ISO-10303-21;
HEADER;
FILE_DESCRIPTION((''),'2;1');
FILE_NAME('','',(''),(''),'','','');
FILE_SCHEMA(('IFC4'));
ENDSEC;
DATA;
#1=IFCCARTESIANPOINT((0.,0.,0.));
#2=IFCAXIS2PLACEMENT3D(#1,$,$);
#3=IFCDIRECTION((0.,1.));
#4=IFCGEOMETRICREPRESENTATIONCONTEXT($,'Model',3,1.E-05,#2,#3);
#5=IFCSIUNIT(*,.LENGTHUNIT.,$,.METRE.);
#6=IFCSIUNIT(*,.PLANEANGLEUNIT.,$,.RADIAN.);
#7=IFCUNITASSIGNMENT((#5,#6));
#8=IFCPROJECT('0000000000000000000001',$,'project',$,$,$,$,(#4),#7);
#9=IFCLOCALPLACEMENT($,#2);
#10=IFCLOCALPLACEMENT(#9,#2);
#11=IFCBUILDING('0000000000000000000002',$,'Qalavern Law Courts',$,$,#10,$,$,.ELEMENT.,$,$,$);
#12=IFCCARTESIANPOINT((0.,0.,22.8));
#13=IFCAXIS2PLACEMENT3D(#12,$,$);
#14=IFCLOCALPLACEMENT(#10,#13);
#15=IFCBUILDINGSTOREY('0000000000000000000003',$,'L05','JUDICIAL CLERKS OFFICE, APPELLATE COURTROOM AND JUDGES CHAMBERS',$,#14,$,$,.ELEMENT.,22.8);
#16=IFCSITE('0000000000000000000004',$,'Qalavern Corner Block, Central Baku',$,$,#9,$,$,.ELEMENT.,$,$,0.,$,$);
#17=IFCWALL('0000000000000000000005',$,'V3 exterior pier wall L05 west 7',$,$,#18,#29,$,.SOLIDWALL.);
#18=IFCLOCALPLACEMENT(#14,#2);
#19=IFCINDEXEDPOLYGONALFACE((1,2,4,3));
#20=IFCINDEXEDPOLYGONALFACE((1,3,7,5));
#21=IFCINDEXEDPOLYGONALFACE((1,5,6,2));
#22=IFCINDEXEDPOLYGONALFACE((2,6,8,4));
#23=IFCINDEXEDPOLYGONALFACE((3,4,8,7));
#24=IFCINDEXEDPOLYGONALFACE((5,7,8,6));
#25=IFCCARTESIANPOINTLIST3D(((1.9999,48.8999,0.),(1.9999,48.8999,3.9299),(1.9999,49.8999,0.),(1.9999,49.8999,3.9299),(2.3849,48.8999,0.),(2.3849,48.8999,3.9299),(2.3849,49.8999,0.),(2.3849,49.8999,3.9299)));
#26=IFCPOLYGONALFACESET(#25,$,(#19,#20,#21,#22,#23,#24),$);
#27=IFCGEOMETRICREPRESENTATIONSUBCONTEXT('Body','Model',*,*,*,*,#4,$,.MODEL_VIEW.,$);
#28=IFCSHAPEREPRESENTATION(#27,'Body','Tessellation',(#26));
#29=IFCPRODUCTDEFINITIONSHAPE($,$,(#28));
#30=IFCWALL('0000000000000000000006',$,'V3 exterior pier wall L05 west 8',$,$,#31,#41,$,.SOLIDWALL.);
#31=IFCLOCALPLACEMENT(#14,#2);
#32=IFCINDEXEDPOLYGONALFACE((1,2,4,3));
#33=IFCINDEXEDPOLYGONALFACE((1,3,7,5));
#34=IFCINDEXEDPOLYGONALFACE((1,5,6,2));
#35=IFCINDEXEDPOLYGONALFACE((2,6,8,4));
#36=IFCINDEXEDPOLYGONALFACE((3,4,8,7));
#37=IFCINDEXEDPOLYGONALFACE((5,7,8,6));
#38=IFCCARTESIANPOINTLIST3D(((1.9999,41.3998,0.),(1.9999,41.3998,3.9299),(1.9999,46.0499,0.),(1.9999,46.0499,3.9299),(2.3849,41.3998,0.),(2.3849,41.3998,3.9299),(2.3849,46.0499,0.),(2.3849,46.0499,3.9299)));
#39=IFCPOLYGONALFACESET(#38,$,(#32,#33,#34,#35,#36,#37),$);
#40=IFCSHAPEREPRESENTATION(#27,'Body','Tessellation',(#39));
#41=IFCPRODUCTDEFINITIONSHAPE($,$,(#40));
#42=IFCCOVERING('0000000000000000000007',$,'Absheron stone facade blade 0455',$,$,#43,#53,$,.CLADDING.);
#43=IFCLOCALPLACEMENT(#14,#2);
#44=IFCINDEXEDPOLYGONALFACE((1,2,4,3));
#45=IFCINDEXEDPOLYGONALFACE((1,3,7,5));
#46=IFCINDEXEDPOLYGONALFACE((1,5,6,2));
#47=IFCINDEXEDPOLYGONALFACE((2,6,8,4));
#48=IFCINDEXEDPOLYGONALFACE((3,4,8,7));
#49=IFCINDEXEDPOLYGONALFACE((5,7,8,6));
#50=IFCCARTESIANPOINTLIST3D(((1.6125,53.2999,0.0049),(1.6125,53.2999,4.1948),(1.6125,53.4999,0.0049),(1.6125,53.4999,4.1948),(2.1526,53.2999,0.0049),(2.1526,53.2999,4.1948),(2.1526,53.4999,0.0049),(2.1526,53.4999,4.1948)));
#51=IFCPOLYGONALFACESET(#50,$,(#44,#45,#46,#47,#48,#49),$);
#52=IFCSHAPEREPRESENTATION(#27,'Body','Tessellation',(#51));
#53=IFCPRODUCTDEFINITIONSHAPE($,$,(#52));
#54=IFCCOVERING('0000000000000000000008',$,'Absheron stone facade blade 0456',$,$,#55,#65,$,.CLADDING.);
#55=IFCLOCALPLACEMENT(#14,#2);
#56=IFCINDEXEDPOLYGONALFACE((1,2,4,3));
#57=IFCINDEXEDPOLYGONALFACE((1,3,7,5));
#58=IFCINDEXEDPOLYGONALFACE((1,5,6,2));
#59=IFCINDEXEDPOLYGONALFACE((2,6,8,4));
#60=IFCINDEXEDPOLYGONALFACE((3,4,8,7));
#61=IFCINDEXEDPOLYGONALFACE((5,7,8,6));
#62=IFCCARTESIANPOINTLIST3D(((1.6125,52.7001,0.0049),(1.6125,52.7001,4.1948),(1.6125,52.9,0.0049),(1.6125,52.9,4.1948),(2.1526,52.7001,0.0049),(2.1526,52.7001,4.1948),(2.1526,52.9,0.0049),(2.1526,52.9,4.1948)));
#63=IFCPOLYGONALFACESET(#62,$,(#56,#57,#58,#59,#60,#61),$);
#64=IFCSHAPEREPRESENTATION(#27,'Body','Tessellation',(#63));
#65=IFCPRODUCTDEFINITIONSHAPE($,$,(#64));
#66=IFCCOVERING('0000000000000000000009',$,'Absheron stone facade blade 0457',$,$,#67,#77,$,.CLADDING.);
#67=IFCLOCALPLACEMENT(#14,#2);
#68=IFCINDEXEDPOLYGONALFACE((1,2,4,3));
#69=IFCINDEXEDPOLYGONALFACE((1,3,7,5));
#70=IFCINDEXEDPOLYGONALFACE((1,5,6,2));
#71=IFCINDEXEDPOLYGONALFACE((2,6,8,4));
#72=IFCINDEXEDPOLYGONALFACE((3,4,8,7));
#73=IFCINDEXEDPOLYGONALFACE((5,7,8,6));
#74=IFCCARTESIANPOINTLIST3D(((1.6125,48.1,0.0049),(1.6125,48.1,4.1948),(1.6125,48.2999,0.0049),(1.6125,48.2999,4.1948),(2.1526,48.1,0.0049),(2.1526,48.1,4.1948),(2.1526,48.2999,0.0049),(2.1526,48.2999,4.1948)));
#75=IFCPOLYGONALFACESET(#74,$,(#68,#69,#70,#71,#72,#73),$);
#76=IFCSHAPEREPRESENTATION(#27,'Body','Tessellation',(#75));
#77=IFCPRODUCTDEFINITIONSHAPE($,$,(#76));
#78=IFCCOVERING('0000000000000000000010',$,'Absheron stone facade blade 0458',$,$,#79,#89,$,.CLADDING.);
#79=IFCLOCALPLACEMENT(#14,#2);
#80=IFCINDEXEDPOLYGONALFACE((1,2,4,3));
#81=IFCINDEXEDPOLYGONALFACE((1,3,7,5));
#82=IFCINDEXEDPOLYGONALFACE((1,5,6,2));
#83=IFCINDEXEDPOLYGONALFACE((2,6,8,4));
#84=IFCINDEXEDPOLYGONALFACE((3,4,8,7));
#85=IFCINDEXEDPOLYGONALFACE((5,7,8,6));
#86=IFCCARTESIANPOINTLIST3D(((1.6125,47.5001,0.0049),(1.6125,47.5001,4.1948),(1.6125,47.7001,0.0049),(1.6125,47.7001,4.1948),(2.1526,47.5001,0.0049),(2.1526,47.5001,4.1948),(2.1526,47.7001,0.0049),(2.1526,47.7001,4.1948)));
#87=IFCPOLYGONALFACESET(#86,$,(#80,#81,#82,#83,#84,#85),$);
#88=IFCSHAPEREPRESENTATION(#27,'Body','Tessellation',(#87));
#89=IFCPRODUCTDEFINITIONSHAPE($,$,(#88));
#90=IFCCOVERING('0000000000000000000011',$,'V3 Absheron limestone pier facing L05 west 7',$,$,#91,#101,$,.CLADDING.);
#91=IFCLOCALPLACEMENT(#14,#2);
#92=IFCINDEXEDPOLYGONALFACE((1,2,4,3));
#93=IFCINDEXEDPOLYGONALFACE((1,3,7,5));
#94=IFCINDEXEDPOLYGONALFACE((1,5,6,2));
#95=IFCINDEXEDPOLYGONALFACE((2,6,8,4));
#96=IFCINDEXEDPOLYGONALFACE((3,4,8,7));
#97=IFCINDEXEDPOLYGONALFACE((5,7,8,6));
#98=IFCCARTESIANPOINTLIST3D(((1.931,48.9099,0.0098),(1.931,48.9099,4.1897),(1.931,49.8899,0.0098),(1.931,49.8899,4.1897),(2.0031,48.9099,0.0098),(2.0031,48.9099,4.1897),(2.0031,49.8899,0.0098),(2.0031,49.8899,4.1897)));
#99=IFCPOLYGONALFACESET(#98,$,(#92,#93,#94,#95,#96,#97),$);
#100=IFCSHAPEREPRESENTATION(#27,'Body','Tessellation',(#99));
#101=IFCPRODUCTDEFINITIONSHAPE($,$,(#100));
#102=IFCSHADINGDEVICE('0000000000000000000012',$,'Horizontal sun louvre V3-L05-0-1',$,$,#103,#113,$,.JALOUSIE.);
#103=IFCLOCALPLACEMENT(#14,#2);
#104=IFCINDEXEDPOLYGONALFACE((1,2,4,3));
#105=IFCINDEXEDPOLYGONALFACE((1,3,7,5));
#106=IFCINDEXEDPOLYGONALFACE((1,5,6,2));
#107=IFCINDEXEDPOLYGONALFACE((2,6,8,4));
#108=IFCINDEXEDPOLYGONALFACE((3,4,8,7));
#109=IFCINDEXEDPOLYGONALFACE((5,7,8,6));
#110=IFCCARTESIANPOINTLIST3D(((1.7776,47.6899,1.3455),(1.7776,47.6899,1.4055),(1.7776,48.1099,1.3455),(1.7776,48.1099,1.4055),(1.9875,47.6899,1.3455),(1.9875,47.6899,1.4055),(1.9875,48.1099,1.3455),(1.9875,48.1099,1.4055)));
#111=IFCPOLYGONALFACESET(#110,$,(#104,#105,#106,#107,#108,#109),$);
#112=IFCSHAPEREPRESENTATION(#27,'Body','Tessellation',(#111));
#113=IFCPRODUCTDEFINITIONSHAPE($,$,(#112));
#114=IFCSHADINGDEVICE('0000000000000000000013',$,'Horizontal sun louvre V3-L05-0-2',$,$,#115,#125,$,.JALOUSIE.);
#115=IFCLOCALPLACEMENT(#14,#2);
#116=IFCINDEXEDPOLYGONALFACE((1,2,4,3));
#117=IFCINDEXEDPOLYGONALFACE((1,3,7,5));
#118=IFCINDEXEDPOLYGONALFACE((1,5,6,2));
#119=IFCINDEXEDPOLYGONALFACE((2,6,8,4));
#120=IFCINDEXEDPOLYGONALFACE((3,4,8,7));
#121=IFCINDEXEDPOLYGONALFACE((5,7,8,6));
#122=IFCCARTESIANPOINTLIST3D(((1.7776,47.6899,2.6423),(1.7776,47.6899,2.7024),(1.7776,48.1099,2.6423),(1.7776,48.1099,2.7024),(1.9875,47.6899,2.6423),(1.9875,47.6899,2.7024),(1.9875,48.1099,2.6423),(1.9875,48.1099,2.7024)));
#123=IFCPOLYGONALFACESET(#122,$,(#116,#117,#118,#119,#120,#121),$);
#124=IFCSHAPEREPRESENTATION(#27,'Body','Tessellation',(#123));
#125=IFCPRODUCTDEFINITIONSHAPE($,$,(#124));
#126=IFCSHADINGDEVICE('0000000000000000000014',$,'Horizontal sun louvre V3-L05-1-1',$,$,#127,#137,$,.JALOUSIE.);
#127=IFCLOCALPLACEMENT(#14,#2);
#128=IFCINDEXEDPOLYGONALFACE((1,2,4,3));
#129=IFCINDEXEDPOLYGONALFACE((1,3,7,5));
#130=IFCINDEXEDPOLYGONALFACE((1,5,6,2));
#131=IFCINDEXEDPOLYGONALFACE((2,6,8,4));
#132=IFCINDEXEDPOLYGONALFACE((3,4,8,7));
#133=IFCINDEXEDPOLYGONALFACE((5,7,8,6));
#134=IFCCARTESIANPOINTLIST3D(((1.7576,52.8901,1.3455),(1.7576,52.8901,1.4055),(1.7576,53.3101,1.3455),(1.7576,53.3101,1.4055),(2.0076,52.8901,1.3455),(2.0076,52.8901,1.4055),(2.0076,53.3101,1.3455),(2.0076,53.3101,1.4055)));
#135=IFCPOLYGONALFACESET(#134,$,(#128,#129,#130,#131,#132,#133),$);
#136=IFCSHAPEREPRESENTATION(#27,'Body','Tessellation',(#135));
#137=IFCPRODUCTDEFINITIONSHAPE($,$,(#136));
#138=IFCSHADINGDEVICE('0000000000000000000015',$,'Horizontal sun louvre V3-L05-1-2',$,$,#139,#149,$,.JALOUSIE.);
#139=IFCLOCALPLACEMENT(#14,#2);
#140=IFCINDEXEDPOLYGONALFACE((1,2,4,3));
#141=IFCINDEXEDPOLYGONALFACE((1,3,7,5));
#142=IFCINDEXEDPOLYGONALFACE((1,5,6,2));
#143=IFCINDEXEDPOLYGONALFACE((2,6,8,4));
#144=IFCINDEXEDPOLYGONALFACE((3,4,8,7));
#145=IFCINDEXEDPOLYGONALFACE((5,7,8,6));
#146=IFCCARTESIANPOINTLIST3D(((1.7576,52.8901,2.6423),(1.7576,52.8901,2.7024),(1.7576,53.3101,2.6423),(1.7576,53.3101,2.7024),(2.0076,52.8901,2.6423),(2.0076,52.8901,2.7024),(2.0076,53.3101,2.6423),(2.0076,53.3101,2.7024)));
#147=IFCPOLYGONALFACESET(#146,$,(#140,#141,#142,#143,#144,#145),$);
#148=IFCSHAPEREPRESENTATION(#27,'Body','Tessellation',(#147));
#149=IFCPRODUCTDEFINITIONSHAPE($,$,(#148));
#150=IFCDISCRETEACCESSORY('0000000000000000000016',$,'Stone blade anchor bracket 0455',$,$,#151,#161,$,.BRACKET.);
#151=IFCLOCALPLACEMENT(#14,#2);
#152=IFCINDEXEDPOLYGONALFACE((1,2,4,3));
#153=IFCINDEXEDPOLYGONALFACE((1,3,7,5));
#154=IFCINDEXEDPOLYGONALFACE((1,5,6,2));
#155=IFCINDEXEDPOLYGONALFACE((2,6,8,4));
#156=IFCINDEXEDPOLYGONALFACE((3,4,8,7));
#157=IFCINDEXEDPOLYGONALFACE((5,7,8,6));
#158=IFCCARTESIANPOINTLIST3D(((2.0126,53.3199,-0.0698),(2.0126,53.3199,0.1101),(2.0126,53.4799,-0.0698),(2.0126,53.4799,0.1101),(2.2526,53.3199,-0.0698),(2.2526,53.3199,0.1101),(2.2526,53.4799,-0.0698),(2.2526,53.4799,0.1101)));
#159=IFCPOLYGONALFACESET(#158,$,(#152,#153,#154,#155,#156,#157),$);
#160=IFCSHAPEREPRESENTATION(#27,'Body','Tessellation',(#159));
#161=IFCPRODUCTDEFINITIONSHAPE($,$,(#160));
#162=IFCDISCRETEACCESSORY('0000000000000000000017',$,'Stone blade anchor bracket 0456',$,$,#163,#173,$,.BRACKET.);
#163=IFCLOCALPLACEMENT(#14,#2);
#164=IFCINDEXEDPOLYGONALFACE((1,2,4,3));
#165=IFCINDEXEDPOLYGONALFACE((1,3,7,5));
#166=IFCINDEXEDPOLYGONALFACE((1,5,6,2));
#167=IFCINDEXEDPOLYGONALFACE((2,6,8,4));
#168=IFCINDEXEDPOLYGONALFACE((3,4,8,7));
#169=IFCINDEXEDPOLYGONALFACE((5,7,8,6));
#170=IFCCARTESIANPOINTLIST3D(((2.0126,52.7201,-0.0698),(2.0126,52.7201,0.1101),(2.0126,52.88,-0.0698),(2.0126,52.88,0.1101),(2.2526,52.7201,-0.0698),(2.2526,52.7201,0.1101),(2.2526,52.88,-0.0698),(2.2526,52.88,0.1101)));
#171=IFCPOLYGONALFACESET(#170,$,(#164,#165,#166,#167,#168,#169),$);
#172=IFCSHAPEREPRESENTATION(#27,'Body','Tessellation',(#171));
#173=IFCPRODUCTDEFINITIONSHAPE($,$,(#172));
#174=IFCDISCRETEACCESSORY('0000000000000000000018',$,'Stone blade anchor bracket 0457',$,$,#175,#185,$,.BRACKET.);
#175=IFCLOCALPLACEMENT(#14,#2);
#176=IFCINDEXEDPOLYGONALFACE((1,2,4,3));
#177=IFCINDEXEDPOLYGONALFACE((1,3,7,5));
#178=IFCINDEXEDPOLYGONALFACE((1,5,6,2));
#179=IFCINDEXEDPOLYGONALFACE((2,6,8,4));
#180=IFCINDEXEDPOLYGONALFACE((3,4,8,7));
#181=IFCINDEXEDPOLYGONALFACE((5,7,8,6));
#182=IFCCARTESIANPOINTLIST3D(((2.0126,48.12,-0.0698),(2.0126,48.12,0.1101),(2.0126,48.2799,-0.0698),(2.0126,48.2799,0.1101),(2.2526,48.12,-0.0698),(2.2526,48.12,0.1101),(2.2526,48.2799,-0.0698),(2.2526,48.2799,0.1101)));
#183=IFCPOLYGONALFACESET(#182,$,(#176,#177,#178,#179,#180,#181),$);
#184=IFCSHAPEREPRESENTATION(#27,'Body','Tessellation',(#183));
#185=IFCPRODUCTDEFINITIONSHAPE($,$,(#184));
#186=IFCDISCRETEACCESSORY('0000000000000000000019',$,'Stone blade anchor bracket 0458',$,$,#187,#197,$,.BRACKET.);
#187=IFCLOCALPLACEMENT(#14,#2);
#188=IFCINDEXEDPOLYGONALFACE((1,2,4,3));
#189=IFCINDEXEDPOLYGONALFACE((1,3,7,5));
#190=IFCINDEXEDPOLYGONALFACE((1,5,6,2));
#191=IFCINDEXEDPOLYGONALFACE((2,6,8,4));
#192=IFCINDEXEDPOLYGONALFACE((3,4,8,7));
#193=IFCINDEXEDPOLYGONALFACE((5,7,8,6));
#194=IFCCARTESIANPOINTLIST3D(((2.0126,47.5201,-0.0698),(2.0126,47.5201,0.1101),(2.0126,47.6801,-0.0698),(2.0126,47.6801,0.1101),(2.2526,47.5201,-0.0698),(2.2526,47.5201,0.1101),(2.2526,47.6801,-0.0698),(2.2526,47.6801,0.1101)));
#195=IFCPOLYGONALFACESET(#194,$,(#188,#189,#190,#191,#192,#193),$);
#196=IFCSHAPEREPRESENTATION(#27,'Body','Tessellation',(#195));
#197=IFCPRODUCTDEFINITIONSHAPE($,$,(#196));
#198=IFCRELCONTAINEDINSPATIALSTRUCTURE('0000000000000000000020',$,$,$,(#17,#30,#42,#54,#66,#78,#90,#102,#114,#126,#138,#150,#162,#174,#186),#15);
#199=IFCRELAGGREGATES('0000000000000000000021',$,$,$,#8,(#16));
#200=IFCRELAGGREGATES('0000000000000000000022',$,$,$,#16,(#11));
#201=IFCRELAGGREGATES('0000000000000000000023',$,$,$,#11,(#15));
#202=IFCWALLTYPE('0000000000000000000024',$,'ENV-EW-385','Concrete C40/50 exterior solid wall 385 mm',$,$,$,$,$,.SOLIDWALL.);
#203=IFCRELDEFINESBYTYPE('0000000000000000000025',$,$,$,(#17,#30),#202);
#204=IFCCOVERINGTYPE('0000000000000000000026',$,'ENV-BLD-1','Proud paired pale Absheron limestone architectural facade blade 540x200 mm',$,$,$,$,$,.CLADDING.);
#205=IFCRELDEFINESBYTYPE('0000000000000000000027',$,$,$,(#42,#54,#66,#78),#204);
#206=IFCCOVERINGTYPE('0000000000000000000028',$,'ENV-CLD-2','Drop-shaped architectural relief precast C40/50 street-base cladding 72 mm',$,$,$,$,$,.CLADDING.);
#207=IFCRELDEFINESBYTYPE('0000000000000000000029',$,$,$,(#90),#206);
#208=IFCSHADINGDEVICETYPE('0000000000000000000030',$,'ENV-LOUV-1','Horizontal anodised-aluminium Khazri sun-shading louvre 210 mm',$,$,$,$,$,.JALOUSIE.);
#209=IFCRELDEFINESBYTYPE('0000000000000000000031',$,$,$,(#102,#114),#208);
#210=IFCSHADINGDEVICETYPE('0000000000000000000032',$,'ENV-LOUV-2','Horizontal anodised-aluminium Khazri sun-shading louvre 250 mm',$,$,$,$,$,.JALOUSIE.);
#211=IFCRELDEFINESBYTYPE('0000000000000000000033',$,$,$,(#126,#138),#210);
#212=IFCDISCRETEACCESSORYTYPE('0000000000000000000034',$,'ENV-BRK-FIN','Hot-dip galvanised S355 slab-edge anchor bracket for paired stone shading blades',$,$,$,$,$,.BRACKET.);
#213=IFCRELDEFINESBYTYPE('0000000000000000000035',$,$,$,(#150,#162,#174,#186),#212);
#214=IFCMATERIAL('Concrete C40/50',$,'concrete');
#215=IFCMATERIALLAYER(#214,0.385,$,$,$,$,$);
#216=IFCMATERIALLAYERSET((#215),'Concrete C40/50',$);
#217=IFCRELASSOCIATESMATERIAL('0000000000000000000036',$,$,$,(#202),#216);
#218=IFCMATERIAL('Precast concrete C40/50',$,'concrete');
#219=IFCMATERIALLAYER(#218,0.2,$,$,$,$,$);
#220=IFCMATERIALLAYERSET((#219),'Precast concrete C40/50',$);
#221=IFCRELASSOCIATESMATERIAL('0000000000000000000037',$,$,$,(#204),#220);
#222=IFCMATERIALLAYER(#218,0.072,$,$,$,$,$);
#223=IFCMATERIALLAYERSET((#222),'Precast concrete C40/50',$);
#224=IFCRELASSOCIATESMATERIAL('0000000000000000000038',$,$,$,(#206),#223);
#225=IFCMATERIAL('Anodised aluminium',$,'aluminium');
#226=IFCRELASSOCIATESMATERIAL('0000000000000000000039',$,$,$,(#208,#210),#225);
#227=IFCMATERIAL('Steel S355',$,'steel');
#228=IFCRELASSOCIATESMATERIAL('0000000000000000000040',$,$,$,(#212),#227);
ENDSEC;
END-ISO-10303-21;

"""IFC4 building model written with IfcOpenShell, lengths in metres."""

from ifc_helpers import new_model, si_unit, direction, frame, frame_2d, origin, origin_2d, place, context, subcontext, project, spatial, rectangle, extrude, material, layer, layer_set, type_object, element, save


model = new_model("IFC4")

# Units and contexts
model_context = context("Model", 3, precision=1e-05, world=origin(), true_north=direction((0.0, 1.0)))
body_context = subcontext(model_context, "Body", "Model", "MODEL_VIEW")
ifc_project = project(units=[si_unit("LENGTHUNIT", "METRE"), si_unit("PLANEANGLEUNIT", "RADIAN")], contexts=[model_context])

# Site, building, storey
site_placement = place(None, origin())
site = spatial("IfcSite", under=ifc_project, at=site_placement, Name="Qalavern Corner Block, Central Baku", CompositionType="ELEMENT", RefElevation=0.0)
building_placement = place(site_placement, origin())
building = spatial("IfcBuilding", under=site, at=building_placement, Name="Qalavern Law Courts", CompositionType="ELEMENT")
storey_placement = place(building_placement, frame((0.0, 0.0, 22.8)))
storey = spatial("IfcBuildingStorey", under=building, at=storey_placement, Name="L05", Description="JUDICIAL CLERKS OFFICE, APPELLATE COURTROOM AND JUDGES CHAMBERS", CompositionType="ELEMENT", Elevation=22.8)

# Shared definitions
ifc_material_1 = material(Name="Anodised aluminium", Category="aluminium")

# Walls
ifc_material_2 = material(Name="Concrete C40/50", Category="concrete")
ifc_layer_1 = layer(ifc_material_2, 0.385)
ifc_layer_set_1 = layer_set([ifc_layer_1], Name="Concrete C40/50")
wall_type = type_object("IfcWallType", Name="ENV-EW-385", Description="Concrete C40/50 exterior solid wall 385 mm", PredefinedType="SOLIDWALL", material=ifc_layer_set_1)
wall_1_placement = place(storey_placement, frame((2.1924, 49.8999, 0.0), z_axis=(0.0, 0.0, 1.0), x_axis=(0.0, -1.0, 0.0)))
element("IfcWall", 1, at=wall_1_placement, inside=storey, type_object=wall_type, Name="V3 exterior pier wall L05 west 7", PredefinedType="SOLIDWALL", context=body_context, shape_type="SweptSolid", body=[
    extrude(rectangle(XDim=1.0, YDim=0.385, at=frame_2d((0.5, 0.0))), origin(), (0.0, 0.0, 1.0), 3.9299),
])
wall_2_placement = place(storey_placement, frame((2.1924, 46.05, 0.0), z_axis=(0.0, 0.0, 1.0), x_axis=(0.0, -1.0, 0.0)))
element("IfcWall", 2, at=wall_2_placement, inside=storey, type_object=wall_type, Name="V3 exterior pier wall L05 west 8", PredefinedType="SOLIDWALL", context=body_context, shape_type="SweptSolid", body=[
    extrude(rectangle(XDim=4.6501, YDim=0.385, at=frame_2d((2.3252, 0.0))), origin(), (0.0, 0.0, 1.0), 3.9299),
])

# Coverings
ifc_material_3 = material(Name="Precast concrete C40/50", Category="concrete")
ifc_layer_2 = layer(ifc_material_3, 0.2)
ifc_layer_set_2 = layer_set([ifc_layer_2], Name="Precast concrete C40/50")
covering_type_1 = type_object("IfcCoveringType", Name="ENV-BLD-1", Description="Proud paired pale Absheron limestone architectural facade blade 540x200 mm", PredefinedType="CLADDING", material=ifc_layer_set_2)
for number, where, z_axis, x_axis, name in (
    (3, (1.8826, 53.3999, 0.0049), (0.0, 0.0, 1.0), (-1.0, 0.0, 0.0), "Absheron stone facade blade 0455"),
    (4, (1.8826, 52.8, 0.0049), (0.0, 0.0, 1.0), (-1.0, 0.0, 0.0), "Absheron stone facade blade 0456"),
    (5, (1.8826, 48.2, 0.0049), (0.0, 0.0, 1.0), (-1.0, 0.0, 0.0), "Absheron stone facade blade 0457"),
    (6, (1.8826, 47.6001, 0.0049), (0.0, 0.0, 1.0), (-1.0, 0.0, 0.0), "Absheron stone facade blade 0458"),
):
    element("IfcCovering", number, at=place(storey_placement, frame(where, z_axis=z_axis, x_axis=x_axis)), inside=storey, type_object=covering_type_1, Name=name, PredefinedType="CLADDING", context=body_context, shape_type="SweptSolid", body=[
        extrude(rectangle(XDim=0.54, YDim=0.2, at=origin_2d()), origin(), (0.0, 0.0, 1.0), 4.1899),
    ])
ifc_layer_3 = layer(ifc_material_3, 0.072)
ifc_layer_set_3 = layer_set([ifc_layer_3], Name="Precast concrete C40/50")
covering_type_2 = type_object("IfcCoveringType", Name="ENV-CLD-2", Description="Drop-shaped architectural relief precast C40/50 street-base cladding 72 mm", PredefinedType="CLADDING", material=ifc_layer_set_3)
covering_placement = place(storey_placement, frame((1.967, 49.3999, 0.0098), z_axis=(0.0, 0.0, 1.0), x_axis=(0.0, -1.0, 0.0)))
element("IfcCovering", 7, at=covering_placement, inside=storey, type_object=covering_type_2, Name="V3 Absheron limestone pier facing L05 west 7", PredefinedType="CLADDING", context=body_context, shape_type="SweptSolid", body=[
    extrude(rectangle(XDim=0.98, YDim=0.072, at=origin_2d()), origin(), (0.0, 0.0, 1.0), 4.1799),
])

# Shading devices
shading_device_type_1 = type_object("IfcShadingDeviceType", Name="ENV-LOUV-1", Description="Horizontal anodised-aluminium Khazri sun-shading louvre 210 mm", PredefinedType="JALOUSIE", material=ifc_material_1)
for number, where, z_axis, x_axis, name in (
    (8, (1.8826, 47.8999, 1.3455), (0.0, 0.0, 1.0), (0.0, -1.0, 0.0), "Horizontal sun louvre V3-L05-0-1"),
    (9, (1.8826, 47.8999, 2.6423), (0.0, 0.0, 1.0), (0.0, -1.0, 0.0), "Horizontal sun louvre V3-L05-0-2"),
):
    element("IfcShadingDevice", number, at=place(storey_placement, frame(where, z_axis=z_axis, x_axis=x_axis)), inside=storey, type_object=shading_device_type_1, Name=name, PredefinedType="JALOUSIE", context=body_context, shape_type="SweptSolid", body=[
        extrude(rectangle(XDim=0.4199, YDim=0.21, at=origin_2d()), origin(), (0.0, 0.0, 1.0), 0.0601),
    ])
shading_device_type_2 = type_object("IfcShadingDeviceType", Name="ENV-LOUV-2", Description="Horizontal anodised-aluminium Khazri sun-shading louvre 250 mm", PredefinedType="JALOUSIE", material=ifc_material_1)
for number, where, z_axis, x_axis, name in (
    (10, (1.8826, 53.1001, 1.3455), (0.0, 0.0, 1.0), (0.0, -1.0, 0.0), "Horizontal sun louvre V3-L05-1-1"),
    (11, (1.8826, 53.1001, 2.6423), (0.0, 0.0, 1.0), (0.0, -1.0, 0.0), "Horizontal sun louvre V3-L05-1-2"),
):
    element("IfcShadingDevice", number, at=place(storey_placement, frame(where, z_axis=z_axis, x_axis=x_axis)), inside=storey, type_object=shading_device_type_2, Name=name, PredefinedType="JALOUSIE", context=body_context, shape_type="SweptSolid", body=[
        extrude(rectangle(XDim=0.4199, YDim=0.25, at=origin_2d()), origin(), (0.0, 0.0, 1.0), 0.0601),
    ])

# Discrete accessories
ifc_material_4 = material(Name="Steel S355", Category="steel")
discrete_accessory_type = type_object("IfcDiscreteAccessoryType", Name="ENV-BRK-FIN", Description="Hot-dip galvanised S355 slab-edge anchor bracket for paired stone shading blades", PredefinedType="BRACKET", material=ifc_material_4)
for number, where, z_axis, x_axis, name in (
    (12, (2.1326, 53.3999, -0.0698), (0.0, 0.0, 1.0), (-1.0, 0.0, 0.0), "Stone blade anchor bracket 0455"),
    (13, (2.1326, 52.8, -0.0698), (0.0, 0.0, 1.0), (-1.0, 0.0, 0.0), "Stone blade anchor bracket 0456"),
    (14, (2.1326, 48.2, -0.0698), (0.0, 0.0, 1.0), (-1.0, 0.0, 0.0), "Stone blade anchor bracket 0457"),
    (15, (2.1326, 47.6001, -0.0698), (0.0, 0.0, 1.0), (-1.0, 0.0, 0.0), "Stone blade anchor bracket 0458"),
):
    element("IfcDiscreteAccessory", number, at=place(storey_placement, frame(where, z_axis=z_axis, x_axis=x_axis)), inside=storey, type_object=discrete_accessory_type, Name=name, PredefinedType="BRACKET", context=body_context, shape_type="SweptSolid", body=[
        extrude(rectangle(XDim=0.24, YDim=0.1599, at=origin_2d()), origin(), (0.0, 0.0, 1.0), 0.1799),
    ])

save(model, "model.ifc")
